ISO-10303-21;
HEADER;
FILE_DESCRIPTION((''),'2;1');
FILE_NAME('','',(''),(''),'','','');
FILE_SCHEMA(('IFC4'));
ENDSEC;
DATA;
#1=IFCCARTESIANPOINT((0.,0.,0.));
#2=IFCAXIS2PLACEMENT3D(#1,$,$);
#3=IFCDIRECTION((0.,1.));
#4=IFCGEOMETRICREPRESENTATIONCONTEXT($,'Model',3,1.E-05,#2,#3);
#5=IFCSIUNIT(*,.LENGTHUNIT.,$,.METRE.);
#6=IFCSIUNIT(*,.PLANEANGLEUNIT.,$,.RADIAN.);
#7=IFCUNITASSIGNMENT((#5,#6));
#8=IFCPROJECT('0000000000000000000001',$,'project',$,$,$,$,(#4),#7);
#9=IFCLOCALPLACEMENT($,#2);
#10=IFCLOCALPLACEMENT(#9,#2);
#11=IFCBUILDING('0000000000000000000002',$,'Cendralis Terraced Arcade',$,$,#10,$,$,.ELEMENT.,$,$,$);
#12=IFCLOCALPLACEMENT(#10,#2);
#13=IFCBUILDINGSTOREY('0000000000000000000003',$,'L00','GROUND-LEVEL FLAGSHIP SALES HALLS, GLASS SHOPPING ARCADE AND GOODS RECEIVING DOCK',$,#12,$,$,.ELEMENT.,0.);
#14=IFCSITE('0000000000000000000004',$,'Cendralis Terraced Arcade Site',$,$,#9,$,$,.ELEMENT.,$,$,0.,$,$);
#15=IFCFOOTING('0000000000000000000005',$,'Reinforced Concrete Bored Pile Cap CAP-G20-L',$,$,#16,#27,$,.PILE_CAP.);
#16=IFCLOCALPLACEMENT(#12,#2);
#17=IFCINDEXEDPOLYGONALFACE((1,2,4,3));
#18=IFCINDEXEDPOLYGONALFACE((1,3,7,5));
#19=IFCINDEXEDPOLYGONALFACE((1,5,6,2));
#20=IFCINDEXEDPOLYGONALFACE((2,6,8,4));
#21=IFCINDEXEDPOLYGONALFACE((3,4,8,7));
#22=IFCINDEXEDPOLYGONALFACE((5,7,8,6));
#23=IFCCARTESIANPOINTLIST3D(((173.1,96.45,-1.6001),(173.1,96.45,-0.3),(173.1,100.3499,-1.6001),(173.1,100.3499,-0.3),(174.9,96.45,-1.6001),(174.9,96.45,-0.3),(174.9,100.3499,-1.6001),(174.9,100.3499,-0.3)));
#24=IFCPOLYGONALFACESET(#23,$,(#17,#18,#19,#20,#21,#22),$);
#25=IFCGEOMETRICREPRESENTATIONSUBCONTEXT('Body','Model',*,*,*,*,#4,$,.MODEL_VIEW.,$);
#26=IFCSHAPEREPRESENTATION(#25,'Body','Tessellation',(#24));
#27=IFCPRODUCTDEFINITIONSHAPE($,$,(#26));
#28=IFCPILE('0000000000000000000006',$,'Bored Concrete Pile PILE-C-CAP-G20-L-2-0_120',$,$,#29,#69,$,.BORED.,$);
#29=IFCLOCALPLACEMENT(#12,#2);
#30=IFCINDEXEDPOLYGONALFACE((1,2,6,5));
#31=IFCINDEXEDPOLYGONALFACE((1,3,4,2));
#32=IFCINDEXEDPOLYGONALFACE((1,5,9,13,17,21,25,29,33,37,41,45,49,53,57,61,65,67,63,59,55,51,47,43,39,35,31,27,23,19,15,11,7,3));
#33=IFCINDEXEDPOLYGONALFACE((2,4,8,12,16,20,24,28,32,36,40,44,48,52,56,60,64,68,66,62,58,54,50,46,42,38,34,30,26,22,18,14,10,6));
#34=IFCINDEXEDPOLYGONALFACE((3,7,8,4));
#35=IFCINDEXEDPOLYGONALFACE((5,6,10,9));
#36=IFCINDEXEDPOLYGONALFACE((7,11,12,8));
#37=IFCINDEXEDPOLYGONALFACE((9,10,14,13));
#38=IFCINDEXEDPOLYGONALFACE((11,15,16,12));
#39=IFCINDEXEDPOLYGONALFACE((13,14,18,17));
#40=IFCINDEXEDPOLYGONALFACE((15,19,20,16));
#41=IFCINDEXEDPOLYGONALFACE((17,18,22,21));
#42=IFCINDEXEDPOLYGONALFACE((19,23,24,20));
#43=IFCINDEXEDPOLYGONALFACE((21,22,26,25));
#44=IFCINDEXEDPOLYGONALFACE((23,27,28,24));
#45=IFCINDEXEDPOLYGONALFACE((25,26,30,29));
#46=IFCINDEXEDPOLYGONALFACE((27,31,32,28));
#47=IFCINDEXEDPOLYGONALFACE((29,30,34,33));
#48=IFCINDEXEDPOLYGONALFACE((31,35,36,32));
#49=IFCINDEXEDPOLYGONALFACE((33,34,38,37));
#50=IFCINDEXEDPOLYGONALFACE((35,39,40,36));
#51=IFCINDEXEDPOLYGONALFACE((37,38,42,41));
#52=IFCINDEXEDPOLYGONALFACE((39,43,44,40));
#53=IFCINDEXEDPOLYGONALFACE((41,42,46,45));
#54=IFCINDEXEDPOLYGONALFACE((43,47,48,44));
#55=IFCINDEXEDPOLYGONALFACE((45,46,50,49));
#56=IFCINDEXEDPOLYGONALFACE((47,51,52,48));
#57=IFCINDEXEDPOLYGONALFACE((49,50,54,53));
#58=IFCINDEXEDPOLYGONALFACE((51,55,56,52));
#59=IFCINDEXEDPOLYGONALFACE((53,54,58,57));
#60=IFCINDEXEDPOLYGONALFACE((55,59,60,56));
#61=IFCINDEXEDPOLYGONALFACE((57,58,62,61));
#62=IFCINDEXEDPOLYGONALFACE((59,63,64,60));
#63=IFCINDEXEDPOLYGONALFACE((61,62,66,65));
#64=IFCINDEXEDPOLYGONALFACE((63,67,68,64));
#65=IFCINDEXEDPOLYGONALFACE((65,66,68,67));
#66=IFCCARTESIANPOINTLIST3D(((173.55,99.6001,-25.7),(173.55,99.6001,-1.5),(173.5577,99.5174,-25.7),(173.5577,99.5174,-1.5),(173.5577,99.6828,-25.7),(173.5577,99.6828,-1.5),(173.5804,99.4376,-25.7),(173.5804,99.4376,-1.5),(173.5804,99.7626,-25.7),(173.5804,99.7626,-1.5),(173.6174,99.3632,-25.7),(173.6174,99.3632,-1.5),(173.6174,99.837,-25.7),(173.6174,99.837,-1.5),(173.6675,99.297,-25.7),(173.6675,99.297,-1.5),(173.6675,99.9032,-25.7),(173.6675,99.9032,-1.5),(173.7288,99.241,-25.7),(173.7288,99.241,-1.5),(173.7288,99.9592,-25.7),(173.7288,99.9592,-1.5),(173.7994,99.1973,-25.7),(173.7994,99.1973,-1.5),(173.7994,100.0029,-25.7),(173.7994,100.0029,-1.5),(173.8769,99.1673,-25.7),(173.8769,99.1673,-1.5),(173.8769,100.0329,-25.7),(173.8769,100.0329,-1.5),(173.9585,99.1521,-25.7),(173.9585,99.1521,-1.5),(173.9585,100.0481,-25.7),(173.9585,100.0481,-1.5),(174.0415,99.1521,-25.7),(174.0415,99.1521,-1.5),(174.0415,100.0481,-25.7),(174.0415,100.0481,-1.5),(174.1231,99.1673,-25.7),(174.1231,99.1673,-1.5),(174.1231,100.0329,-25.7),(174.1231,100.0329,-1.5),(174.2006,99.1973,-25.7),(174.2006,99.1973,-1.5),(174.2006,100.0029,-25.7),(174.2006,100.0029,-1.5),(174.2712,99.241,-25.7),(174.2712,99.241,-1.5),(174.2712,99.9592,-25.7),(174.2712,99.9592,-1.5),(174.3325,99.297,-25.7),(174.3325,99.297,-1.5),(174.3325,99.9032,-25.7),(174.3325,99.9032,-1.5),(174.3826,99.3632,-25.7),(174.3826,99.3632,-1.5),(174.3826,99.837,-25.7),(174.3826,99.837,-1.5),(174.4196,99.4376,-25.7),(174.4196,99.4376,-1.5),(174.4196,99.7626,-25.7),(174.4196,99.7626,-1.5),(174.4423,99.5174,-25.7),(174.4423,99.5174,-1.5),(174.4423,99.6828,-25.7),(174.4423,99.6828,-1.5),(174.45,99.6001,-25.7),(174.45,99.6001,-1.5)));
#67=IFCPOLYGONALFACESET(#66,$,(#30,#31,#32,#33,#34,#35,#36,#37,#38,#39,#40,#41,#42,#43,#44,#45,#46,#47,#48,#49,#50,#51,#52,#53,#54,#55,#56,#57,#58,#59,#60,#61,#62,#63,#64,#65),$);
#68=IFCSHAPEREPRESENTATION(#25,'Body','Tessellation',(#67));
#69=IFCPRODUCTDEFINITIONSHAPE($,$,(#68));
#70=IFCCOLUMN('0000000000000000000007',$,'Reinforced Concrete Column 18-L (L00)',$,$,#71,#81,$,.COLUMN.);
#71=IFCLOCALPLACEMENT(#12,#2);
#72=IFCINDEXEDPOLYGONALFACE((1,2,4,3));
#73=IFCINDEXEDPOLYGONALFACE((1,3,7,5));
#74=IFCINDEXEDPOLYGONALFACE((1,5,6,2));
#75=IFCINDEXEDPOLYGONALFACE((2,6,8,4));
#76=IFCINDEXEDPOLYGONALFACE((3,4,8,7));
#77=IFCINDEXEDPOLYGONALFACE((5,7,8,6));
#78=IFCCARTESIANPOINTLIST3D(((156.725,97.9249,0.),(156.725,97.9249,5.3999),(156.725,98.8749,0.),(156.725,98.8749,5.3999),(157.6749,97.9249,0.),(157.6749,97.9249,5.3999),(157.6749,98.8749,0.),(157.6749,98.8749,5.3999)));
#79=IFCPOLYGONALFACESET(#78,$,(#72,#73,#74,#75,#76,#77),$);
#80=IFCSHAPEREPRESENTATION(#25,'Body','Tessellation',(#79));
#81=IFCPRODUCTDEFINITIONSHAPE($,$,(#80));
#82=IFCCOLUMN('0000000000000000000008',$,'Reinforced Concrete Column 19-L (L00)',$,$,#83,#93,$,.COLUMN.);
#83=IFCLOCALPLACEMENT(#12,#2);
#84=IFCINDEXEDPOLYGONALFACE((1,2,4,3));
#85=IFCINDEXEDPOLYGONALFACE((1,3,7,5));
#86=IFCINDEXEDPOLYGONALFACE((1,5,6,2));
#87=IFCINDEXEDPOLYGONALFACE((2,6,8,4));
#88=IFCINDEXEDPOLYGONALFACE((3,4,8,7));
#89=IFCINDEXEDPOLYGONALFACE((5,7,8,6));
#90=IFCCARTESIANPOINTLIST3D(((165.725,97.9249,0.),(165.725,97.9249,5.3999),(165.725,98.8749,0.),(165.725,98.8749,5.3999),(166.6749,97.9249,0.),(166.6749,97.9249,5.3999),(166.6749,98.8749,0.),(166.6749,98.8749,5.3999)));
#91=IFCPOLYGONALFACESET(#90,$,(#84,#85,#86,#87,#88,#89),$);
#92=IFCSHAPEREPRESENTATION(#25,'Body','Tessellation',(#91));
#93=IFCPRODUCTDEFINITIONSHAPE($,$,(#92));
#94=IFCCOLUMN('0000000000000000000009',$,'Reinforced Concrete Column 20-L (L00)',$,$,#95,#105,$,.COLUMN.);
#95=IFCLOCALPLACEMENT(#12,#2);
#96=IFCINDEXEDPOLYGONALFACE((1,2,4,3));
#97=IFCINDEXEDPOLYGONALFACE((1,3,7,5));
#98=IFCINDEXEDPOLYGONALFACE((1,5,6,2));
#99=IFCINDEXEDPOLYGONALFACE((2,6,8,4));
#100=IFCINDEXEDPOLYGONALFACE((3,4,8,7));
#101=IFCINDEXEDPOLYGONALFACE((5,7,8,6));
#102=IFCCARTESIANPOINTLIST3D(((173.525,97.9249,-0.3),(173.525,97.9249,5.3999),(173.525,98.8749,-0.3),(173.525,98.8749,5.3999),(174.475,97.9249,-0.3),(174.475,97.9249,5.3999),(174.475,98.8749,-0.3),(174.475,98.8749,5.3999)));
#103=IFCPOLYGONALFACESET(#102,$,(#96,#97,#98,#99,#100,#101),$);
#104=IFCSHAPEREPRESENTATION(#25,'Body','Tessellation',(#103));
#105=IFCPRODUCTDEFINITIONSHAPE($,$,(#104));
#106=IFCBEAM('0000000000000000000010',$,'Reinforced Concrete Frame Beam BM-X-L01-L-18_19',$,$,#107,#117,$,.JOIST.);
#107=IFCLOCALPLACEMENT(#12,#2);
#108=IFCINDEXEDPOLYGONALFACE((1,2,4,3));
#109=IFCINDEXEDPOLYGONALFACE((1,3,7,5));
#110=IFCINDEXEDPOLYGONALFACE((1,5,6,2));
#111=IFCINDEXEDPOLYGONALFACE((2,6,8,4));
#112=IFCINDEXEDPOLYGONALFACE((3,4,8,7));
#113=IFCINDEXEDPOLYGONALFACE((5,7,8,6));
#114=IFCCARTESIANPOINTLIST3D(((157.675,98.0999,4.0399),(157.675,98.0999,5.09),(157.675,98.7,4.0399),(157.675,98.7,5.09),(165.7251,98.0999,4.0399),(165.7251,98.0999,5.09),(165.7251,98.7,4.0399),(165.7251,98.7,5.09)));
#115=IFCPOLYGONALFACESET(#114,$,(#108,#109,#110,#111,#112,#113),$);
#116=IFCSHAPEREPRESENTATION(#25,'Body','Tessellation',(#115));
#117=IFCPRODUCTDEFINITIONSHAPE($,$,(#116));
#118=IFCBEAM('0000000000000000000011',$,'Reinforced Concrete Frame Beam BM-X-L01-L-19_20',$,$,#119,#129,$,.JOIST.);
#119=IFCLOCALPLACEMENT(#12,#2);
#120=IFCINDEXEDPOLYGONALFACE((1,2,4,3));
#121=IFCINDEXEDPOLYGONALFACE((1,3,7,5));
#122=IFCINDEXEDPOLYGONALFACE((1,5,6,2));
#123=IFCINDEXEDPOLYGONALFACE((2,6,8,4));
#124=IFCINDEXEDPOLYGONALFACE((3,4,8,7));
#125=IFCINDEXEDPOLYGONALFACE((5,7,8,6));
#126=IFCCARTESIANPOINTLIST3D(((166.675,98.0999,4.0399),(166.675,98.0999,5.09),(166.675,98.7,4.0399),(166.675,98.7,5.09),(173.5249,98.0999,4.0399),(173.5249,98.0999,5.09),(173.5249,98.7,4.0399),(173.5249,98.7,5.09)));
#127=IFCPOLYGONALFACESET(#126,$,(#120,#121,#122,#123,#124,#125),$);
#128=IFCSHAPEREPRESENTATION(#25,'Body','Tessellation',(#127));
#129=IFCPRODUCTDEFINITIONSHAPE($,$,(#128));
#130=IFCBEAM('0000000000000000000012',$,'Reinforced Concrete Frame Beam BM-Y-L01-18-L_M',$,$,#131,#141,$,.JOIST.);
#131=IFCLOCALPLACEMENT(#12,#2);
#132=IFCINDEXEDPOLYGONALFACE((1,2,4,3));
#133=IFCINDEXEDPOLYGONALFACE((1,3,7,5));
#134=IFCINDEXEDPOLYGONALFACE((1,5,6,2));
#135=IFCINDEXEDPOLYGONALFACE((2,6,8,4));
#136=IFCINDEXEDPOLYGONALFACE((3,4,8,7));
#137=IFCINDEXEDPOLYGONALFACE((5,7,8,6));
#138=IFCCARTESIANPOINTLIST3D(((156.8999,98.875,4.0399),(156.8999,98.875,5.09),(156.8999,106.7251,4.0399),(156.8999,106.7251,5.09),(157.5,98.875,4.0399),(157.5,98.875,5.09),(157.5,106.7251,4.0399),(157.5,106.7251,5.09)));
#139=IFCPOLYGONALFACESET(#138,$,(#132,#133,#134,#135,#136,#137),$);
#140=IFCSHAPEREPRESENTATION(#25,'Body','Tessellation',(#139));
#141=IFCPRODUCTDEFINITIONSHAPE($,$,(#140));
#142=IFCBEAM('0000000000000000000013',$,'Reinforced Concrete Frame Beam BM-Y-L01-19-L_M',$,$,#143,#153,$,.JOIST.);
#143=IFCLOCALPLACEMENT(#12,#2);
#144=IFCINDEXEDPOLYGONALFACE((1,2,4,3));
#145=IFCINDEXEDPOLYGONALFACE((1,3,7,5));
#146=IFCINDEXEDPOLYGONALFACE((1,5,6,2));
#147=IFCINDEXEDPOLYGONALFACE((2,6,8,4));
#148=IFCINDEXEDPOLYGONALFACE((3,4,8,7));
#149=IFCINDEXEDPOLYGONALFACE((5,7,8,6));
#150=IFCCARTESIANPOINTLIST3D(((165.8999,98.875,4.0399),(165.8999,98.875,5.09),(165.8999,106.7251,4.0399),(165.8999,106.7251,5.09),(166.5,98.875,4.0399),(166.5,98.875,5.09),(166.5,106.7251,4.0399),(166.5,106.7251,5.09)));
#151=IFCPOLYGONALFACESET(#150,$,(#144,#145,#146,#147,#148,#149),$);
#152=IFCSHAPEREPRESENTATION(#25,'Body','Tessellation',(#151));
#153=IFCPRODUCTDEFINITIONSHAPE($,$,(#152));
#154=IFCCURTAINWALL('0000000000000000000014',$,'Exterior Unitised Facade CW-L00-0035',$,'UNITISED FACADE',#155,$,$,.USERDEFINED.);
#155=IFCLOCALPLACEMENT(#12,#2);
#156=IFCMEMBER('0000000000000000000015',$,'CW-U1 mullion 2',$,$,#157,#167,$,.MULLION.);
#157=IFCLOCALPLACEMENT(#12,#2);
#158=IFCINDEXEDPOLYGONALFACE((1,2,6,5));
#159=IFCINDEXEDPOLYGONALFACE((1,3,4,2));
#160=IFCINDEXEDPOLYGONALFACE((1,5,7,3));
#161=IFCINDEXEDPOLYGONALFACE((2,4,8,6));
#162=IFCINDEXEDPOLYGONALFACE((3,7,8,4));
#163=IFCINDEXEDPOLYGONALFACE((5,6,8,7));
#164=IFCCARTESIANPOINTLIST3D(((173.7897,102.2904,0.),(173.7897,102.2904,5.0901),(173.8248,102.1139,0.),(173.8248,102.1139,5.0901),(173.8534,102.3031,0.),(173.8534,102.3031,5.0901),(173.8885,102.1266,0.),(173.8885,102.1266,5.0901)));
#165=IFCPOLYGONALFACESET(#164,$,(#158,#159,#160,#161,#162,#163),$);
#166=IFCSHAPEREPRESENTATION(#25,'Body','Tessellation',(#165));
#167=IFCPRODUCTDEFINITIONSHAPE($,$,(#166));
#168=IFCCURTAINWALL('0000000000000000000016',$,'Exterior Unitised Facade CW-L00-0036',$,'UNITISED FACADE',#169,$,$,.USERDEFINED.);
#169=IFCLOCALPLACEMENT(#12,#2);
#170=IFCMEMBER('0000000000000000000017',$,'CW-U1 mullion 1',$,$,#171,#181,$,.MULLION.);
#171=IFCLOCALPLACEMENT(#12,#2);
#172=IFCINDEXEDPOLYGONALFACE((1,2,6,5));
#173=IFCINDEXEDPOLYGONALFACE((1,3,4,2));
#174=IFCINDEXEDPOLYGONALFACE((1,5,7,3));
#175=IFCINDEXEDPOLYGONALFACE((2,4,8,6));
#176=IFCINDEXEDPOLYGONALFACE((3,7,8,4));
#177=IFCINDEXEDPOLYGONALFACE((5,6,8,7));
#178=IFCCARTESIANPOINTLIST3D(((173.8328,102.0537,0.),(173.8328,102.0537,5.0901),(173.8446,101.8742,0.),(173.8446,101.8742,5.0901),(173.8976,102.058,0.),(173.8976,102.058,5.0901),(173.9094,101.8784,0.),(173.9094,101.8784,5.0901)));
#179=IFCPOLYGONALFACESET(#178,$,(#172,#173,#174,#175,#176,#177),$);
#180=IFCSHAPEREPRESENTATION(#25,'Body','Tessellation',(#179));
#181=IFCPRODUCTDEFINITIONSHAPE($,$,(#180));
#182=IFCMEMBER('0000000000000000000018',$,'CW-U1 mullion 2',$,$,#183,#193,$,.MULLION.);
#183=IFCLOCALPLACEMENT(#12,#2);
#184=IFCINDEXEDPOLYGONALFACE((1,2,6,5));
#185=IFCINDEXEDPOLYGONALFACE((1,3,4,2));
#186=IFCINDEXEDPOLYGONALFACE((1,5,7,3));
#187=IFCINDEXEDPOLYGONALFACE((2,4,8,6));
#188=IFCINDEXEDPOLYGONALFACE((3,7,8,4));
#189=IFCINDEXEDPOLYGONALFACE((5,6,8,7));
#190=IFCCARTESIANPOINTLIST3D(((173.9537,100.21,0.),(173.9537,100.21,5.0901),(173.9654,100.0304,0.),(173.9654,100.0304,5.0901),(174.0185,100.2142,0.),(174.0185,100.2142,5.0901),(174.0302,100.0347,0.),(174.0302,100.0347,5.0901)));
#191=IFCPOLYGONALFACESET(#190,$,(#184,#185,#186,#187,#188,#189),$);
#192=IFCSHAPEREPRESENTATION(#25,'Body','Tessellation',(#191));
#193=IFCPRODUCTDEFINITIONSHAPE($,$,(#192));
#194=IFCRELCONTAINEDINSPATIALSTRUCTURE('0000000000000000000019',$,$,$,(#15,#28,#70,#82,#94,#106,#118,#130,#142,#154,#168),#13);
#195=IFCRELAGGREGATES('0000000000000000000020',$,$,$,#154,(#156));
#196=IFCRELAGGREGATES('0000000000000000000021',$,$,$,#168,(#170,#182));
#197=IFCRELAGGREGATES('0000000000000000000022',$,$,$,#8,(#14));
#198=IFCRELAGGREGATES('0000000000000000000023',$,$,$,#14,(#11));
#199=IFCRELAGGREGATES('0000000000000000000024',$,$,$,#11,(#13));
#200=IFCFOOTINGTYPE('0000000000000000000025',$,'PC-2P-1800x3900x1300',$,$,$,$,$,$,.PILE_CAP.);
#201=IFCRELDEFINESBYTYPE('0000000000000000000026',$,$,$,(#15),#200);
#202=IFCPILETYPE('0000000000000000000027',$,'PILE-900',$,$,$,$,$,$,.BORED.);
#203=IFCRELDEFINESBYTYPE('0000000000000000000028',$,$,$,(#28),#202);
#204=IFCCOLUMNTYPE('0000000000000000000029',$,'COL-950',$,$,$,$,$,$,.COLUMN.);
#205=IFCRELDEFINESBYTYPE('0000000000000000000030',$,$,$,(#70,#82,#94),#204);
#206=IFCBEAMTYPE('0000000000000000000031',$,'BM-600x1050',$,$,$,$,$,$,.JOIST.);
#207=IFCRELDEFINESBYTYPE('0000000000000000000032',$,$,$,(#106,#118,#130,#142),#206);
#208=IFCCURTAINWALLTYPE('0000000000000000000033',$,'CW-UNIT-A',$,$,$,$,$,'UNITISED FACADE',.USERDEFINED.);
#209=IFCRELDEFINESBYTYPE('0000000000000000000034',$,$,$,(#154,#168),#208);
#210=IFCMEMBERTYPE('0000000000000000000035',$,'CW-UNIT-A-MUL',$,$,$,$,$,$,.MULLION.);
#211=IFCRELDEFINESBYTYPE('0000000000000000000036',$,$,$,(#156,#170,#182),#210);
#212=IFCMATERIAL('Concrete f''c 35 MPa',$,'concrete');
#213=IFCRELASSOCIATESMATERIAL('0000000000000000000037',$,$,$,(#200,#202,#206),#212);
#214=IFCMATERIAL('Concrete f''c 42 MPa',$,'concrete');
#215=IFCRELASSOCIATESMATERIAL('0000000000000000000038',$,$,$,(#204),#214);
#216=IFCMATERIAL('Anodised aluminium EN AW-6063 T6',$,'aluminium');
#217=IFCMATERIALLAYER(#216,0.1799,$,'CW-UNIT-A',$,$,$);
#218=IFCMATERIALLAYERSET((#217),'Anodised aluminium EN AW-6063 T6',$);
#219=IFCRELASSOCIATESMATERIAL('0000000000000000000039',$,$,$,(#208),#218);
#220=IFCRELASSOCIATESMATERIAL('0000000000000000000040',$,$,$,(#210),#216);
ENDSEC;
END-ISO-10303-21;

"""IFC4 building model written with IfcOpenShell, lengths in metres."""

from ifc_helpers import new_model, si_unit, direction, frame, origin, origin_2d, place, context, subcontext, project, spatial, rectangle, circle, extrude, material, layer, layer_set, material_profile, profile_set, type_object, element, aggregate, save


model = new_model("IFC4")

# Units and contexts
model_context = context("Model", 3, precision=1e-05, world=origin(), true_north=direction((0.0, 1.0)))
body_context = subcontext(model_context, "Body", "Model", "MODEL_VIEW")
ifc_project = project(units=[si_unit("LENGTHUNIT", "METRE"), si_unit("PLANEANGLEUNIT", "RADIAN")], contexts=[model_context])

# Site, building, storey
site_placement = place(None, origin())
site = spatial("IfcSite", under=ifc_project, at=site_placement, Name="Cendralis Terraced Arcade Site", CompositionType="ELEMENT", RefElevation=0.0)
building_placement = place(site_placement, origin())
building = spatial("IfcBuilding", under=site, at=building_placement, Name="Cendralis Terraced Arcade", CompositionType="ELEMENT")
storey_placement = place(building_placement, origin())
storey = spatial("IfcBuildingStorey", under=building, at=storey_placement, Name="L00", Description="GROUND-LEVEL FLAGSHIP SALES HALLS, GLASS SHOPPING ARCADE AND GOODS RECEIVING DOCK", CompositionType="ELEMENT", Elevation=0.0)

# Footing
ifc_material_1 = material(Name="Concrete f'c 35 MPa", Category="concrete")
footing_type = type_object("IfcFootingType", Name="PC-2P-1800x3900x1300", PredefinedType="PILE_CAP", material=ifc_material_1)
footing_placement = place(storey_placement, frame((174.0, 98.3999, -1.6001), z_axis=(0.0, 0.0, 1.0), x_axis=(1.0, 0.0, 0.0)))
element("IfcFooting", 1, at=footing_placement, inside=storey, type_object=footing_type, Name="Reinforced Concrete Bored Pile Cap CAP-G20-L", PredefinedType="PILE_CAP", context=body_context, shape_type="SweptSolid", body=[
    extrude(rectangle(XDim=1.8, YDim=3.8999, at=origin_2d()), origin(), (0.0, 0.0, 1.0), 1.3),
])

# Pile
ifc_material_profile_1 = material_profile(ifc_material_1, circle(Radius=0.45, at=origin_2d()), Name="PILE-D900", Category="LoadBearing")
ifc_profile_set_1 = profile_set([ifc_material_profile_1], Name="Concrete f'c 35 MPa")
pile_type = type_object("IfcPileType", Name="PILE-900", PredefinedType="BORED", material=ifc_profile_set_1)
pile_placement = place(storey_placement, frame((174.0, 99.6001, -1.5), z_axis=(0.0, 0.0, -1.0), x_axis=(1.0, 0.0, 0.0)))
element("IfcPile", 2, at=pile_placement, inside=storey, type_object=pile_type, Name="Bored Concrete Pile PILE-C-CAP-G20-L-2-0_120", PredefinedType="BORED", context=body_context, shape_type="SweptSolid", body=[
    extrude(circle(Radius=0.45, at=origin_2d()), origin(), (0.0, 0.0, 1.0), 24.2),
])

# Columns
ifc_material_2 = material(Name="Concrete f'c 42 MPa", Category="concrete")
ifc_material_profile_2 = material_profile(ifc_material_2, rectangle(XDim=0.95, YDim=0.95, at=origin_2d()), Name="RC-COL-950x950", Category="LoadBearing")
ifc_profile_set_2 = profile_set([ifc_material_profile_2], Name="Concrete f'c 42 MPa")
column_type = type_object("IfcColumnType", Name="COL-950", PredefinedType="COLUMN", material=ifc_profile_set_2)
for number, where, z_axis, x_axis, name in (
    (3, (157.2, 98.3999, 0.0), (0.0, 0.0, 1.0), (1.0, 0.0, 0.0), "Reinforced Concrete Column 18-L (L00)"),
    (4, (166.2, 98.3999, 0.0), (0.0, 0.0, 1.0), (1.0, 0.0, 0.0), "Reinforced Concrete Column 19-L (L00)"),
):
    element("IfcColumn", number, at=place(storey_placement, frame(where, z_axis=z_axis, x_axis=x_axis)), inside=storey, type_object=column_type, Name=name, PredefinedType="COLUMN", context=body_context, shape_type="SweptSolid", body=[
        extrude(rectangle(XDim=0.95, YDim=0.95, at=origin_2d()), origin(), (0.0, 0.0, 1.0), 5.3999),
    ])
column_placement = place(storey_placement, frame((174.0, 98.3999, -0.3), z_axis=(0.0, 0.0, 1.0), x_axis=(1.0, 0.0, 0.0)))
element("IfcColumn", 5, at=column_placement, inside=storey, type_object=column_type, Name="Reinforced Concrete Column 20-L (L00)", PredefinedType="COLUMN", context=body_context, shape_type="SweptSolid", body=[
    extrude(rectangle(XDim=0.95, YDim=0.95, at=origin_2d()), origin(), (0.0, 0.0, 1.0), 5.7),
])

# Beams
ifc_material_profile_3 = material_profile(ifc_material_1, rectangle(XDim=0.6001, YDim=1.05, at=origin_2d()), Name="RC-BM-600x1050", Category="LoadBearing")
ifc_profile_set_3 = profile_set([ifc_material_profile_3], Name="Concrete f'c 35 MPa")
beam_type = type_object("IfcBeamType", Name="BM-600x1050", PredefinedType="JOIST", material=ifc_profile_set_3)
beam_1_placement = place(storey_placement, frame((157.675, 98.3999, 4.5649), z_axis=(1.0, 0.0, 0.0), x_axis=(0.0, 1.0, 0.0)))
element("IfcBeam", 6, at=beam_1_placement, inside=storey, type_object=beam_type, Name="Reinforced Concrete Frame Beam BM-X-L01-L-18_19", PredefinedType="JOIST", context=body_context, shape_type="SweptSolid", body=[
    extrude(rectangle(XDim=0.6001, YDim=1.05, at=origin_2d()), origin(), (0.0, 0.0, 1.0), 8.05),
])
beam_2_placement = place(storey_placement, frame((166.675, 98.3999, 4.5649), z_axis=(1.0, 0.0, 0.0), x_axis=(0.0, 1.0, 0.0)))
element("IfcBeam", 7, at=beam_2_placement, inside=storey, type_object=beam_type, Name="Reinforced Concrete Frame Beam BM-X-L01-L-19_20", PredefinedType="JOIST", context=body_context, shape_type="SweptSolid", body=[
    extrude(rectangle(XDim=0.6001, YDim=1.05, at=origin_2d()), origin(), (0.0, 0.0, 1.0), 6.8499),
])
for number, where, z_axis, x_axis, name in (
    (8, (157.2, 98.875, 4.5649), (0.0, 1.0, 0.0), (-1.0, 0.0, 0.0), "Reinforced Concrete Frame Beam BM-Y-L01-18-L_M"),
    (9, (166.2, 98.875, 4.5649), (0.0, 1.0, 0.0), (-1.0, 0.0, 0.0), "Reinforced Concrete Frame Beam BM-Y-L01-19-L_M"),
):
    element("IfcBeam", number, at=place(storey_placement, frame(where, z_axis=z_axis, x_axis=x_axis)), inside=storey, type_object=beam_type, Name=name, PredefinedType="JOIST", context=body_context, shape_type="SweptSolid", body=[
        extrude(rectangle(XDim=0.6001, YDim=1.05, at=origin_2d()), origin(), (0.0, 0.0, 1.0), 7.8501),
    ])

# Curtain wall, member
ifc_material_3 = material(Name="Anodised aluminium EN AW-6063 T6", Category="aluminium")
ifc_layer_1 = layer(ifc_material_3, 0.1799, Name="CW-UNIT-A")
ifc_layer_set_1 = layer_set([ifc_layer_1], Name="Anodised aluminium EN AW-6063 T6")
curtain_wall_type = type_object("IfcCurtainWallType", Name="CW-UNIT-A", ElementType="UNITISED FACADE", PredefinedType="USERDEFINED", material=ifc_layer_set_1)
curtain_wall_1_placement = place(storey_placement, origin())
curtain_wall_1 = element("IfcCurtainWall", 10, at=curtain_wall_1_placement, inside=storey, type_object=curtain_wall_type, Name="Exterior Unitised Facade CW-L00-0035", ObjectType="UNITISED FACADE", PredefinedType="USERDEFINED")
ifc_material_profile_4 = material_profile(ifc_material_3, rectangle(XDim=0.0649, YDim=0.1799, at=origin_2d()), Name="ALU-MUL-65x180")
ifc_profile_set_4 = profile_set([ifc_material_profile_4], Name="Anodised aluminium EN AW-6063 T6")
member_type_1 = type_object("IfcMemberType", Name="CW-UNIT-A-MUL", PredefinedType="MULLION", material=ifc_profile_set_4)
member_1_placement = place(storey_placement, frame((173.8391, 102.2085, 0.0), z_axis=(0.0, 0.0, 1.0), x_axis=(0.980793, 0.19505, 0.0)))
member_1 = element("IfcMember", 11, at=member_1_placement, type_object=member_type_1, Name="CW-U1 mullion 2", PredefinedType="MULLION", context=body_context, shape_type="SweptSolid", body=[
    extrude(rectangle(XDim=0.0649, YDim=0.1799, at=origin_2d()), origin(), (0.0, 0.0, 1.0), 5.0901),
])

# Curtain wall, members
curtain_wall_2_placement = place(storey_placement, origin())
curtain_wall_2 = element("IfcCurtainWall", 12, at=curtain_wall_2_placement, inside=storey, type_object=curtain_wall_type, Name="Exterior Unitised Facade CW-L00-0036", ObjectType="UNITISED FACADE", PredefinedType="USERDEFINED")
member_2_placement = place(storey_placement, frame((173.8711, 101.9661, 0.0), z_axis=(0.0, 0.0, 1.0), x_axis=(0.997859, 0.065398, 0.0)))
member_2 = element("IfcMember", 13, at=member_2_placement, type_object=member_type_1, Name="CW-U1 mullion 1", PredefinedType="MULLION", context=body_context, shape_type="SweptSolid", body=[
    extrude(rectangle(XDim=0.0649, YDim=0.1799, at=origin_2d()), origin(), (0.0, 0.0, 1.0), 5.0901),
])
member_3_placement = place(storey_placement, frame((173.9919, 100.1223, 0.0), z_axis=(0.0, 0.0, 1.0), x_axis=(0.997859, 0.065398, 0.0)))
member_3 = element("IfcMember", 14, at=member_3_placement, type_object=member_type_1, Name="CW-U1 mullion 2", PredefinedType="MULLION", context=body_context, shape_type="SweptSolid", body=[
    extrude(rectangle(XDim=0.0649, YDim=0.1799, at=origin_2d()), origin(), (0.0, 0.0, 1.0), 5.0901),
])

aggregate(curtain_wall_1, [member_1])
aggregate(curtain_wall_2, [member_2, member_3])

save(model, "model.ifc")
